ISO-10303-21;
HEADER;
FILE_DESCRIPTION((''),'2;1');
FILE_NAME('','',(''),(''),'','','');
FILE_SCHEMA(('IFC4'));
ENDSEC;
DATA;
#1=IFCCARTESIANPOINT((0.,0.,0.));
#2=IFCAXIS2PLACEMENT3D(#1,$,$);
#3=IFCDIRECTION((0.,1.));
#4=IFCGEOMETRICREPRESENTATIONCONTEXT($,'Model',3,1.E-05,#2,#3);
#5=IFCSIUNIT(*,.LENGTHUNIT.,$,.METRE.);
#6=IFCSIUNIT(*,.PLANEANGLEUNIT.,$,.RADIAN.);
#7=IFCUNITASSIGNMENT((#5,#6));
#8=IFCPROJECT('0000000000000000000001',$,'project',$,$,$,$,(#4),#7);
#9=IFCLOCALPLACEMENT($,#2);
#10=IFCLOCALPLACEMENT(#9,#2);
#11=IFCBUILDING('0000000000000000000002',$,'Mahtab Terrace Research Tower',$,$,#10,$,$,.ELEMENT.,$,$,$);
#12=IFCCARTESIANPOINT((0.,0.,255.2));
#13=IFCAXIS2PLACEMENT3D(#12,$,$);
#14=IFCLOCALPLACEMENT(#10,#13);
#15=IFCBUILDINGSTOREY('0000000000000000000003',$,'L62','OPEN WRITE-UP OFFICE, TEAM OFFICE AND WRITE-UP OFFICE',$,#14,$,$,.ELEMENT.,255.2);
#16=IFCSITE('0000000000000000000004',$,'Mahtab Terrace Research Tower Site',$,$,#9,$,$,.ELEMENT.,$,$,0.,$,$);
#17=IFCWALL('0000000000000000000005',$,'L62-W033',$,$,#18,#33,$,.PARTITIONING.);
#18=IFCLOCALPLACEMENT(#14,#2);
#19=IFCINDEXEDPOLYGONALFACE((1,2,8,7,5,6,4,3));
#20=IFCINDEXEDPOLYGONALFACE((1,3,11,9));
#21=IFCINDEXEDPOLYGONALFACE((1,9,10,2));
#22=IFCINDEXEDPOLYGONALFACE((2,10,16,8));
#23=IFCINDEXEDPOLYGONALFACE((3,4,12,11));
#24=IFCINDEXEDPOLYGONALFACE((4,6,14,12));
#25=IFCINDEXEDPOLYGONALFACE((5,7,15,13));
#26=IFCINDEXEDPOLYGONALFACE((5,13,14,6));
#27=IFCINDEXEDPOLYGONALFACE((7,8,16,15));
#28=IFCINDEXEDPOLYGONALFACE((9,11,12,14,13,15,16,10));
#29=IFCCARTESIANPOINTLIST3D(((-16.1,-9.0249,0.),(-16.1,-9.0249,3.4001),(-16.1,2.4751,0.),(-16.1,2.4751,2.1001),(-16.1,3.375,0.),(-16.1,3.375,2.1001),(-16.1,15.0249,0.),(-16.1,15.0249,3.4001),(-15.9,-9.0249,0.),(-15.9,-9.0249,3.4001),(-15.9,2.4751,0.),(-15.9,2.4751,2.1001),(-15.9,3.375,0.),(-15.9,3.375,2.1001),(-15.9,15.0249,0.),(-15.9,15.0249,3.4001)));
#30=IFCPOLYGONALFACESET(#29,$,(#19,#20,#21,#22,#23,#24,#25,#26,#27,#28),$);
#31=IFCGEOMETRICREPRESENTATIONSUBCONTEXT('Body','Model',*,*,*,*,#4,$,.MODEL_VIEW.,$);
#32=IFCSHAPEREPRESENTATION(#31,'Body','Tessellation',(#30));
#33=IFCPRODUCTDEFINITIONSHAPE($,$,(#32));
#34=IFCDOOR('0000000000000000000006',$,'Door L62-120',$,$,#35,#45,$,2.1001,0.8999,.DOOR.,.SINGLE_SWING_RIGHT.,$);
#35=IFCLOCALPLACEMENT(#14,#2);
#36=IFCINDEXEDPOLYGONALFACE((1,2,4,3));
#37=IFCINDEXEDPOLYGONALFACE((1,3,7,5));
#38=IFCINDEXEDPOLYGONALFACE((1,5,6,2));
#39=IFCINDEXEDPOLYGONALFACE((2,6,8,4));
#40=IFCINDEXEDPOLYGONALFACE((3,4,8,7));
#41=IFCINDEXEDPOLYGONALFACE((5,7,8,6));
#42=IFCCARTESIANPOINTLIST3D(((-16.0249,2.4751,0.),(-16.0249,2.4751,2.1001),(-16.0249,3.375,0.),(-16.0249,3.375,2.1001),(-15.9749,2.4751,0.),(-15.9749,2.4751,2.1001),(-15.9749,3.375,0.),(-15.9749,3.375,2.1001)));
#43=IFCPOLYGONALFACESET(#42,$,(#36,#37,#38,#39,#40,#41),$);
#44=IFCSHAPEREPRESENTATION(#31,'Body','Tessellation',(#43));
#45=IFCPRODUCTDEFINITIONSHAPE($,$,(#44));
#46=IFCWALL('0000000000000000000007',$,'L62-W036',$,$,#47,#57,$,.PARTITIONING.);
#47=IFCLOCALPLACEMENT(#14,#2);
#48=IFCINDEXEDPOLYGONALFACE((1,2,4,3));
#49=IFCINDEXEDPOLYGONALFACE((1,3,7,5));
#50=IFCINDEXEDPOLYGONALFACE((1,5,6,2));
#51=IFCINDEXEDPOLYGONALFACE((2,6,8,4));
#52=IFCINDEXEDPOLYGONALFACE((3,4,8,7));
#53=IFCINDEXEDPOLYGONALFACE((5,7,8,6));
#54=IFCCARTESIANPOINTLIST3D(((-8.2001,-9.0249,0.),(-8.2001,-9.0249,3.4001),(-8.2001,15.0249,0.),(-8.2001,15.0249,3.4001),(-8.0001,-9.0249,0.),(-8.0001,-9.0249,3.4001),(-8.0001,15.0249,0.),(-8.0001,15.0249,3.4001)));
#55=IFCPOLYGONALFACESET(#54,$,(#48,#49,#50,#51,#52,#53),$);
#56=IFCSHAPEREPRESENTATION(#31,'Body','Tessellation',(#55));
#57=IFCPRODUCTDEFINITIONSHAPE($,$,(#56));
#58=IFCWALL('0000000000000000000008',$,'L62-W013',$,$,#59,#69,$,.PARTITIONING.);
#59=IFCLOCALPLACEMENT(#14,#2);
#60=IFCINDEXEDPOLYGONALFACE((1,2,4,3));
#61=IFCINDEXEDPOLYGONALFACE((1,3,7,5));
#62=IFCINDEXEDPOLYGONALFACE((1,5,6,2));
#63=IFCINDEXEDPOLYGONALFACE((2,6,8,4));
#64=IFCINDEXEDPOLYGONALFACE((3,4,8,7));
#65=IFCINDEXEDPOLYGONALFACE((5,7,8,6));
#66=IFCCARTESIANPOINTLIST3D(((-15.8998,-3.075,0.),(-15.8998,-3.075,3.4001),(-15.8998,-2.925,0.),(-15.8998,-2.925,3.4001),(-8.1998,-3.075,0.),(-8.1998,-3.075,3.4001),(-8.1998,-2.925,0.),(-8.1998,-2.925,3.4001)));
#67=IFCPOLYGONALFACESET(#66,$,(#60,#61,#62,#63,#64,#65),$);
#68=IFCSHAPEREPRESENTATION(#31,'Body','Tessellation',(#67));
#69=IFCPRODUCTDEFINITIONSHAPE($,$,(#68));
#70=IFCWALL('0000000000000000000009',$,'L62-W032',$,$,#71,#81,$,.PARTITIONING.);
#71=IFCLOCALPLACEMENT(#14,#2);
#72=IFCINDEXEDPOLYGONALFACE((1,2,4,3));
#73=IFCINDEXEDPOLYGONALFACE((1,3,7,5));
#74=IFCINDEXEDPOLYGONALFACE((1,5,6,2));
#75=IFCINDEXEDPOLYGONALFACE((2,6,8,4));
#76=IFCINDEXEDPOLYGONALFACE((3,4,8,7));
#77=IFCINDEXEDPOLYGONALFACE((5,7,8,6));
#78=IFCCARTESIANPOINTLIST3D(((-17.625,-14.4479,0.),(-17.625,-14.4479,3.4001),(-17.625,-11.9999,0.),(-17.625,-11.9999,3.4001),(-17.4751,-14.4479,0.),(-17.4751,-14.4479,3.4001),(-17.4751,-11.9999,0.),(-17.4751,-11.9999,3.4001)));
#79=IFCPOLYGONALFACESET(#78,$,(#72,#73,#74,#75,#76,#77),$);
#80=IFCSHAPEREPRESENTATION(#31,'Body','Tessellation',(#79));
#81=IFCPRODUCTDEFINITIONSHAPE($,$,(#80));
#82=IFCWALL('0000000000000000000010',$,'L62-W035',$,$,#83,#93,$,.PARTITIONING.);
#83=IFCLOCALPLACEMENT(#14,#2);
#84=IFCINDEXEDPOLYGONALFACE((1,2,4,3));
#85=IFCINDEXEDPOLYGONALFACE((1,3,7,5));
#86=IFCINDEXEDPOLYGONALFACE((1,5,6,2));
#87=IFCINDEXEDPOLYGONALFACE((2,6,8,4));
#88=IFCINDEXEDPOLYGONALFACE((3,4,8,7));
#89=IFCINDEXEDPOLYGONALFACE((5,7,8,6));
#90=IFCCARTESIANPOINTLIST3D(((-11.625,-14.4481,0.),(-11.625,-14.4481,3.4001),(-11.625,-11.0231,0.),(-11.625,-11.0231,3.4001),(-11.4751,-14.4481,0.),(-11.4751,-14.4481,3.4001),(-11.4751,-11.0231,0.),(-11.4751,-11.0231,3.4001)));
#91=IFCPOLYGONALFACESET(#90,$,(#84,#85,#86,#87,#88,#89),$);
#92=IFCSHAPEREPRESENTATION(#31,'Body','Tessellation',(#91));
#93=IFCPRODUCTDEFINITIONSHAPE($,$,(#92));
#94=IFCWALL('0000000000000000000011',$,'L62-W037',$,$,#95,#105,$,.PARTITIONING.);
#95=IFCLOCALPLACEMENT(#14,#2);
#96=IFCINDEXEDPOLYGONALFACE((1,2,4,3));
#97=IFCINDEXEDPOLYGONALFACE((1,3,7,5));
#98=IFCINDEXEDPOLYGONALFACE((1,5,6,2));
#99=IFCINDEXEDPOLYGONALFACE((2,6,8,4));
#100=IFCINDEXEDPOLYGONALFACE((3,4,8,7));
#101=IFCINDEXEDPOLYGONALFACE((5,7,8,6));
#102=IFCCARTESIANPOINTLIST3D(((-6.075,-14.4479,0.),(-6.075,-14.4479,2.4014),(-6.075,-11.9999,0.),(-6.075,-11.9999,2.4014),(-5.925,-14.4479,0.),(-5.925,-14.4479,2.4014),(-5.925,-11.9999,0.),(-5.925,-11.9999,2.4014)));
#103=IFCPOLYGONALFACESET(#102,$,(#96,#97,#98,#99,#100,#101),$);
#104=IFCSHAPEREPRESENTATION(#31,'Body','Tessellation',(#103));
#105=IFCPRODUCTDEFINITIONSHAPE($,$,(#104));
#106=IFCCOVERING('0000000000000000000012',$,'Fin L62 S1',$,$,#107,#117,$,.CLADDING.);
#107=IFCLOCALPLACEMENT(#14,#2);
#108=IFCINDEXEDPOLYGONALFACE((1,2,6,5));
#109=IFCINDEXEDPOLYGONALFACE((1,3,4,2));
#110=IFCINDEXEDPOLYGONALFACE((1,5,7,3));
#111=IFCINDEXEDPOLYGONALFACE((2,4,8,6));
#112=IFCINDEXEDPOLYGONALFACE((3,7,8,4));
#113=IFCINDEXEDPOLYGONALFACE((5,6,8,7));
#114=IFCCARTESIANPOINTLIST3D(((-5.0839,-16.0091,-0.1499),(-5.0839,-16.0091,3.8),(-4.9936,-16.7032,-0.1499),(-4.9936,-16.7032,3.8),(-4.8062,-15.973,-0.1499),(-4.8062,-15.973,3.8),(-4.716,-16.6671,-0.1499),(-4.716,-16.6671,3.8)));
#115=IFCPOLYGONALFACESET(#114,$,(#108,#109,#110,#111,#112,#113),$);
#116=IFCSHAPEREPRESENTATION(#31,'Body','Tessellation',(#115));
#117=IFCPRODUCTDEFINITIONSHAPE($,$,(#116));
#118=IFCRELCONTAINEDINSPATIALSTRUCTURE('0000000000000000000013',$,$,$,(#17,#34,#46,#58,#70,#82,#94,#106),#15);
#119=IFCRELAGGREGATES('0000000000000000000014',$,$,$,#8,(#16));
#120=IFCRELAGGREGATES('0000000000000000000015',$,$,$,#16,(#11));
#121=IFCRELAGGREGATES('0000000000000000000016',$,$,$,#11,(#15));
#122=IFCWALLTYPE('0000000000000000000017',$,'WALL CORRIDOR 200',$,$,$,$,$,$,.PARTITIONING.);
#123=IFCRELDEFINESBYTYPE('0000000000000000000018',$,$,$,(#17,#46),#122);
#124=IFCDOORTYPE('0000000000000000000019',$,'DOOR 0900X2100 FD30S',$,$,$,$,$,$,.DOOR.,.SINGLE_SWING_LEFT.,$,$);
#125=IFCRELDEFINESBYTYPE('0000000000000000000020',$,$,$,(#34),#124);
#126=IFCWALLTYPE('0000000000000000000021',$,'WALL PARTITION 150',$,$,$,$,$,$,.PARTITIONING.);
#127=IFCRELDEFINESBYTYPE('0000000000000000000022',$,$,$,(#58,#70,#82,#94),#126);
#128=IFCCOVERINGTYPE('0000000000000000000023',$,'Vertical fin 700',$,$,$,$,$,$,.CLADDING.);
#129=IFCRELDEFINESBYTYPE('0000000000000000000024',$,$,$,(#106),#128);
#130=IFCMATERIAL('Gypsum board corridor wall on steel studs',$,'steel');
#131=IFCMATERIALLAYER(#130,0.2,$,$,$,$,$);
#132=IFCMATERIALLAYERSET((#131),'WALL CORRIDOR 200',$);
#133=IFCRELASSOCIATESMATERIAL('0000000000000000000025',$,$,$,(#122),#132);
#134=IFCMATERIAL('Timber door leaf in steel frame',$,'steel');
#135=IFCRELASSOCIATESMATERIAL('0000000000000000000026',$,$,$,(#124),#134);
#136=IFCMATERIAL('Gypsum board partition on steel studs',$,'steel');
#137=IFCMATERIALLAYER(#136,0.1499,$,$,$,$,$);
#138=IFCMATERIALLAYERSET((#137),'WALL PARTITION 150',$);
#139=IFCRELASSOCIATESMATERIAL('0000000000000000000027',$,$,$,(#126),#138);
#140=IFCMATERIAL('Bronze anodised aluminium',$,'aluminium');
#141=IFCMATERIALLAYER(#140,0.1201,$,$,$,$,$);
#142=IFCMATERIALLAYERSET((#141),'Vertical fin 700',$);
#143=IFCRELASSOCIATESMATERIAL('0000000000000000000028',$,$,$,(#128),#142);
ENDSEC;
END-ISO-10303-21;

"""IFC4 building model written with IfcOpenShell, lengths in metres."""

from ifc_helpers import new_model, si_unit, direction, frame, frame_2d, origin, origin_2d, place, context, subcontext, project, spatial, rectangle, extrude, material, layer, layer_set, type_object, element, fill, save


model = new_model("IFC4")

# Units and contexts
model_context = context("Model", 3, precision=1e-05, world=origin(), true_north=direction((0.0, 1.0)))
body_context = subcontext(model_context, "Body", "Model", "MODEL_VIEW")
ifc_project = project(units=[si_unit("LENGTHUNIT", "METRE"), si_unit("PLANEANGLEUNIT", "RADIAN")], contexts=[model_context])

# Site, building, storey
site_placement = place(None, origin())
site = spatial("IfcSite", under=ifc_project, at=site_placement, Name="Mahtab Terrace Research Tower Site", CompositionType="ELEMENT", RefElevation=0.0)
building_placement = place(site_placement, origin())
building = spatial("IfcBuilding", under=site, at=building_placement, Name="Mahtab Terrace Research Tower", CompositionType="ELEMENT")
storey_placement = place(building_placement, frame((0.0, 0.0, 255.2)))
storey = spatial("IfcBuildingStorey", under=building, at=storey_placement, Name="L62", Description="OPEN WRITE-UP OFFICE, TEAM OFFICE AND WRITE-UP OFFICE", CompositionType="ELEMENT", Elevation=255.2)

# Shared definitions
ifc_material_1 = material(Name="Gypsum board corridor wall on steel studs", Category="steel")
ifc_layer_1 = layer(ifc_material_1, 0.2)
ifc_layer_set_1 = layer_set([ifc_layer_1], Name="WALL CORRIDOR 200")
wall_type_1 = type_object("IfcWallType", Name="WALL CORRIDOR 200", PredefinedType="PARTITIONING", material=ifc_layer_set_1)
ifc_material_2 = material(Name="Timber door leaf in steel frame", Category="steel")
door_type = type_object("IfcDoorType", Name="DOOR 0900X2100 FD30S", OperationType="SINGLE_SWING_LEFT", PredefinedType="DOOR", material=ifc_material_2)

# Wall, opening, door
wall_1_placement = place(storey_placement, frame((-16.0, -9.0249, 0.0), z_axis=(0.0, 0.0, 1.0), x_axis=(0.0, 1.0, 0.0)))
wall_1 = element("IfcWall", 1, at=wall_1_placement, inside=storey, type_object=wall_type_1, Name="L62-W033", PredefinedType="PARTITIONING", context=body_context, shape_type="SweptSolid", body=[
    extrude(rectangle(XDim=24.0498, YDim=0.2, at=frame_2d((12.0249, 0.0))), origin(), (0.0, 0.0, 1.0), 3.4001),
])
opening_1_placement = place(wall_1_placement, frame((11.5, 0.0, 0.0)))
opening_1 = element("IfcOpeningElement", 2, at=opening_1_placement, cuts=wall_1, PredefinedType="OPENING", context=body_context, shape_type="SweptSolid", body=[
    extrude(rectangle(XDim=0.8999, YDim=2.1001, at=frame_2d((0.45, 1.05))), frame((0.0, 0.1099, 0.0), z_axis=(0.0, -1.0, 0.0), x_axis=(1.0, 0.0, 0.0)), (0.0, 0.0, 1.0), 0.22),
])
door_1_placement = place(opening_1_placement, origin())
door_1 = element("IfcDoor", 3, at=door_1_placement, inside=storey, type_object=door_type, Name="Door L62-120", OperationType="SINGLE_SWING_RIGHT", OverallHeight=2.1001, OverallWidth=0.8999, PredefinedType="DOOR", context=body_context, shape_type="SweptSolid", body=[
    extrude(rectangle(XDim=0.8999, YDim=2.1001, at=frame_2d((0.45, 1.05))), frame((0.0, 0.0249, 0.0), z_axis=(0.0, -1.0, 0.0), x_axis=(1.0, 0.0, 0.0)), (0.0, 0.0, 1.0), 0.05),
])
fill(opening_1, door_1)

# Walls
wall_2_placement = place(storey_placement, frame((-8.1001, -9.0249, 0.0), z_axis=(0.0, 0.0, 1.0), x_axis=(0.0, 1.0, 0.0)))
element("IfcWall", 4, at=wall_2_placement, inside=storey, type_object=wall_type_1, Name="L62-W036", PredefinedType="PARTITIONING", context=body_context, shape_type="SweptSolid", body=[
    extrude(rectangle(XDim=24.0498, YDim=0.2, at=frame_2d((12.0249, 0.0))), origin(), (0.0, 0.0, 1.0), 3.4001),
])
ifc_material_3 = material(Name="Gypsum board partition on steel studs", Category="steel")
ifc_layer_2 = layer(ifc_material_3, 0.1499)
ifc_layer_set_2 = layer_set([ifc_layer_2], Name="WALL PARTITION 150")
wall_type_2 = type_object("IfcWallType", Name="WALL PARTITION 150", PredefinedType="PARTITIONING", material=ifc_layer_set_2)
wall_3_placement = place(storey_placement, frame((-15.8999, -3.0, 0.0), z_axis=(0.0, 0.0, 1.0), x_axis=(1.0, 0.0, 0.0)))
element("IfcWall", 5, at=wall_3_placement, inside=storey, type_object=wall_type_2, Name="L62-W013", PredefinedType="PARTITIONING", context=body_context, shape_type="SweptSolid", body=[
    extrude(rectangle(XDim=7.7, YDim=0.1499, at=frame_2d((3.8501, 0.0))), origin(), (0.0, 0.0, 1.0), 3.4001),
])
wall_4_placement = place(storey_placement, frame((-17.55, -14.448, 0.0), z_axis=(0.0, 0.0, 1.0), x_axis=(0.0, 1.0, 0.0)))
element("IfcWall", 6, at=wall_4_placement, inside=storey, type_object=wall_type_2, Name="L62-W032", PredefinedType="PARTITIONING", context=body_context, shape_type="SweptSolid", body=[
    extrude(rectangle(XDim=2.448, YDim=0.1499, at=frame_2d((1.2241, 0.0))), origin(), (0.0, 0.0, 1.0), 3.4001),
])
wall_5_placement = place(storey_placement, frame((-11.55, -14.448, 0.0), z_axis=(0.0, 0.0, 1.0), x_axis=(0.0, 1.0, 0.0)))
element("IfcWall", 7, at=wall_5_placement, inside=storey, type_object=wall_type_2, Name="L62-W035", PredefinedType="PARTITIONING", context=body_context, shape_type="SweptSolid", body=[
    extrude(rectangle(XDim=3.425, YDim=0.1499, at=frame_2d((1.7124, 0.0))), origin(), (0.0, 0.0, 1.0), 3.4001),
])
wall_6_placement = place(storey_placement, frame((-6.0, -14.448, 0.0), z_axis=(0.0, 0.0, 1.0), x_axis=(0.0, 1.0, 0.0)))
element("IfcWall", 8, at=wall_6_placement, inside=storey, type_object=wall_type_2, Name="L62-W037", PredefinedType="PARTITIONING", context=body_context, shape_type="SweptSolid", body=[
    extrude(rectangle(XDim=2.448, YDim=0.1499, at=frame_2d((1.2241, 0.0))), origin(), (0.0, 0.0, 1.0), 2.4014),
])

# Covering
ifc_material_4 = material(Name="Bronze anodised aluminium", Category="aluminium")
ifc_layer_3 = layer(ifc_material_4, 0.1201)
ifc_layer_set_3 = layer_set([ifc_layer_3], Name="Vertical fin 700")
covering_type = type_object("IfcCoveringType", Name="Vertical fin 700", PredefinedType="CLADDING", material=ifc_layer_set_3)
covering_placement = place(storey_placement, frame((-4.8999, -16.3381, -0.1499), z_axis=(0.0, 0.0, 1.0), x_axis=(0.99166, 0.128878, 0.0)))
element("IfcCovering", 9, at=covering_placement, inside=storey, type_object=covering_type, Name="Fin L62 S1", PredefinedType="CLADDING", context=body_context, shape_type="SweptSolid", body=[
    extrude(rectangle(XDim=0.28, YDim=0.7, at=origin_2d()), origin(), (0.0, 0.0, 1.0), 3.95),
])

save(model, "model.ifc")
